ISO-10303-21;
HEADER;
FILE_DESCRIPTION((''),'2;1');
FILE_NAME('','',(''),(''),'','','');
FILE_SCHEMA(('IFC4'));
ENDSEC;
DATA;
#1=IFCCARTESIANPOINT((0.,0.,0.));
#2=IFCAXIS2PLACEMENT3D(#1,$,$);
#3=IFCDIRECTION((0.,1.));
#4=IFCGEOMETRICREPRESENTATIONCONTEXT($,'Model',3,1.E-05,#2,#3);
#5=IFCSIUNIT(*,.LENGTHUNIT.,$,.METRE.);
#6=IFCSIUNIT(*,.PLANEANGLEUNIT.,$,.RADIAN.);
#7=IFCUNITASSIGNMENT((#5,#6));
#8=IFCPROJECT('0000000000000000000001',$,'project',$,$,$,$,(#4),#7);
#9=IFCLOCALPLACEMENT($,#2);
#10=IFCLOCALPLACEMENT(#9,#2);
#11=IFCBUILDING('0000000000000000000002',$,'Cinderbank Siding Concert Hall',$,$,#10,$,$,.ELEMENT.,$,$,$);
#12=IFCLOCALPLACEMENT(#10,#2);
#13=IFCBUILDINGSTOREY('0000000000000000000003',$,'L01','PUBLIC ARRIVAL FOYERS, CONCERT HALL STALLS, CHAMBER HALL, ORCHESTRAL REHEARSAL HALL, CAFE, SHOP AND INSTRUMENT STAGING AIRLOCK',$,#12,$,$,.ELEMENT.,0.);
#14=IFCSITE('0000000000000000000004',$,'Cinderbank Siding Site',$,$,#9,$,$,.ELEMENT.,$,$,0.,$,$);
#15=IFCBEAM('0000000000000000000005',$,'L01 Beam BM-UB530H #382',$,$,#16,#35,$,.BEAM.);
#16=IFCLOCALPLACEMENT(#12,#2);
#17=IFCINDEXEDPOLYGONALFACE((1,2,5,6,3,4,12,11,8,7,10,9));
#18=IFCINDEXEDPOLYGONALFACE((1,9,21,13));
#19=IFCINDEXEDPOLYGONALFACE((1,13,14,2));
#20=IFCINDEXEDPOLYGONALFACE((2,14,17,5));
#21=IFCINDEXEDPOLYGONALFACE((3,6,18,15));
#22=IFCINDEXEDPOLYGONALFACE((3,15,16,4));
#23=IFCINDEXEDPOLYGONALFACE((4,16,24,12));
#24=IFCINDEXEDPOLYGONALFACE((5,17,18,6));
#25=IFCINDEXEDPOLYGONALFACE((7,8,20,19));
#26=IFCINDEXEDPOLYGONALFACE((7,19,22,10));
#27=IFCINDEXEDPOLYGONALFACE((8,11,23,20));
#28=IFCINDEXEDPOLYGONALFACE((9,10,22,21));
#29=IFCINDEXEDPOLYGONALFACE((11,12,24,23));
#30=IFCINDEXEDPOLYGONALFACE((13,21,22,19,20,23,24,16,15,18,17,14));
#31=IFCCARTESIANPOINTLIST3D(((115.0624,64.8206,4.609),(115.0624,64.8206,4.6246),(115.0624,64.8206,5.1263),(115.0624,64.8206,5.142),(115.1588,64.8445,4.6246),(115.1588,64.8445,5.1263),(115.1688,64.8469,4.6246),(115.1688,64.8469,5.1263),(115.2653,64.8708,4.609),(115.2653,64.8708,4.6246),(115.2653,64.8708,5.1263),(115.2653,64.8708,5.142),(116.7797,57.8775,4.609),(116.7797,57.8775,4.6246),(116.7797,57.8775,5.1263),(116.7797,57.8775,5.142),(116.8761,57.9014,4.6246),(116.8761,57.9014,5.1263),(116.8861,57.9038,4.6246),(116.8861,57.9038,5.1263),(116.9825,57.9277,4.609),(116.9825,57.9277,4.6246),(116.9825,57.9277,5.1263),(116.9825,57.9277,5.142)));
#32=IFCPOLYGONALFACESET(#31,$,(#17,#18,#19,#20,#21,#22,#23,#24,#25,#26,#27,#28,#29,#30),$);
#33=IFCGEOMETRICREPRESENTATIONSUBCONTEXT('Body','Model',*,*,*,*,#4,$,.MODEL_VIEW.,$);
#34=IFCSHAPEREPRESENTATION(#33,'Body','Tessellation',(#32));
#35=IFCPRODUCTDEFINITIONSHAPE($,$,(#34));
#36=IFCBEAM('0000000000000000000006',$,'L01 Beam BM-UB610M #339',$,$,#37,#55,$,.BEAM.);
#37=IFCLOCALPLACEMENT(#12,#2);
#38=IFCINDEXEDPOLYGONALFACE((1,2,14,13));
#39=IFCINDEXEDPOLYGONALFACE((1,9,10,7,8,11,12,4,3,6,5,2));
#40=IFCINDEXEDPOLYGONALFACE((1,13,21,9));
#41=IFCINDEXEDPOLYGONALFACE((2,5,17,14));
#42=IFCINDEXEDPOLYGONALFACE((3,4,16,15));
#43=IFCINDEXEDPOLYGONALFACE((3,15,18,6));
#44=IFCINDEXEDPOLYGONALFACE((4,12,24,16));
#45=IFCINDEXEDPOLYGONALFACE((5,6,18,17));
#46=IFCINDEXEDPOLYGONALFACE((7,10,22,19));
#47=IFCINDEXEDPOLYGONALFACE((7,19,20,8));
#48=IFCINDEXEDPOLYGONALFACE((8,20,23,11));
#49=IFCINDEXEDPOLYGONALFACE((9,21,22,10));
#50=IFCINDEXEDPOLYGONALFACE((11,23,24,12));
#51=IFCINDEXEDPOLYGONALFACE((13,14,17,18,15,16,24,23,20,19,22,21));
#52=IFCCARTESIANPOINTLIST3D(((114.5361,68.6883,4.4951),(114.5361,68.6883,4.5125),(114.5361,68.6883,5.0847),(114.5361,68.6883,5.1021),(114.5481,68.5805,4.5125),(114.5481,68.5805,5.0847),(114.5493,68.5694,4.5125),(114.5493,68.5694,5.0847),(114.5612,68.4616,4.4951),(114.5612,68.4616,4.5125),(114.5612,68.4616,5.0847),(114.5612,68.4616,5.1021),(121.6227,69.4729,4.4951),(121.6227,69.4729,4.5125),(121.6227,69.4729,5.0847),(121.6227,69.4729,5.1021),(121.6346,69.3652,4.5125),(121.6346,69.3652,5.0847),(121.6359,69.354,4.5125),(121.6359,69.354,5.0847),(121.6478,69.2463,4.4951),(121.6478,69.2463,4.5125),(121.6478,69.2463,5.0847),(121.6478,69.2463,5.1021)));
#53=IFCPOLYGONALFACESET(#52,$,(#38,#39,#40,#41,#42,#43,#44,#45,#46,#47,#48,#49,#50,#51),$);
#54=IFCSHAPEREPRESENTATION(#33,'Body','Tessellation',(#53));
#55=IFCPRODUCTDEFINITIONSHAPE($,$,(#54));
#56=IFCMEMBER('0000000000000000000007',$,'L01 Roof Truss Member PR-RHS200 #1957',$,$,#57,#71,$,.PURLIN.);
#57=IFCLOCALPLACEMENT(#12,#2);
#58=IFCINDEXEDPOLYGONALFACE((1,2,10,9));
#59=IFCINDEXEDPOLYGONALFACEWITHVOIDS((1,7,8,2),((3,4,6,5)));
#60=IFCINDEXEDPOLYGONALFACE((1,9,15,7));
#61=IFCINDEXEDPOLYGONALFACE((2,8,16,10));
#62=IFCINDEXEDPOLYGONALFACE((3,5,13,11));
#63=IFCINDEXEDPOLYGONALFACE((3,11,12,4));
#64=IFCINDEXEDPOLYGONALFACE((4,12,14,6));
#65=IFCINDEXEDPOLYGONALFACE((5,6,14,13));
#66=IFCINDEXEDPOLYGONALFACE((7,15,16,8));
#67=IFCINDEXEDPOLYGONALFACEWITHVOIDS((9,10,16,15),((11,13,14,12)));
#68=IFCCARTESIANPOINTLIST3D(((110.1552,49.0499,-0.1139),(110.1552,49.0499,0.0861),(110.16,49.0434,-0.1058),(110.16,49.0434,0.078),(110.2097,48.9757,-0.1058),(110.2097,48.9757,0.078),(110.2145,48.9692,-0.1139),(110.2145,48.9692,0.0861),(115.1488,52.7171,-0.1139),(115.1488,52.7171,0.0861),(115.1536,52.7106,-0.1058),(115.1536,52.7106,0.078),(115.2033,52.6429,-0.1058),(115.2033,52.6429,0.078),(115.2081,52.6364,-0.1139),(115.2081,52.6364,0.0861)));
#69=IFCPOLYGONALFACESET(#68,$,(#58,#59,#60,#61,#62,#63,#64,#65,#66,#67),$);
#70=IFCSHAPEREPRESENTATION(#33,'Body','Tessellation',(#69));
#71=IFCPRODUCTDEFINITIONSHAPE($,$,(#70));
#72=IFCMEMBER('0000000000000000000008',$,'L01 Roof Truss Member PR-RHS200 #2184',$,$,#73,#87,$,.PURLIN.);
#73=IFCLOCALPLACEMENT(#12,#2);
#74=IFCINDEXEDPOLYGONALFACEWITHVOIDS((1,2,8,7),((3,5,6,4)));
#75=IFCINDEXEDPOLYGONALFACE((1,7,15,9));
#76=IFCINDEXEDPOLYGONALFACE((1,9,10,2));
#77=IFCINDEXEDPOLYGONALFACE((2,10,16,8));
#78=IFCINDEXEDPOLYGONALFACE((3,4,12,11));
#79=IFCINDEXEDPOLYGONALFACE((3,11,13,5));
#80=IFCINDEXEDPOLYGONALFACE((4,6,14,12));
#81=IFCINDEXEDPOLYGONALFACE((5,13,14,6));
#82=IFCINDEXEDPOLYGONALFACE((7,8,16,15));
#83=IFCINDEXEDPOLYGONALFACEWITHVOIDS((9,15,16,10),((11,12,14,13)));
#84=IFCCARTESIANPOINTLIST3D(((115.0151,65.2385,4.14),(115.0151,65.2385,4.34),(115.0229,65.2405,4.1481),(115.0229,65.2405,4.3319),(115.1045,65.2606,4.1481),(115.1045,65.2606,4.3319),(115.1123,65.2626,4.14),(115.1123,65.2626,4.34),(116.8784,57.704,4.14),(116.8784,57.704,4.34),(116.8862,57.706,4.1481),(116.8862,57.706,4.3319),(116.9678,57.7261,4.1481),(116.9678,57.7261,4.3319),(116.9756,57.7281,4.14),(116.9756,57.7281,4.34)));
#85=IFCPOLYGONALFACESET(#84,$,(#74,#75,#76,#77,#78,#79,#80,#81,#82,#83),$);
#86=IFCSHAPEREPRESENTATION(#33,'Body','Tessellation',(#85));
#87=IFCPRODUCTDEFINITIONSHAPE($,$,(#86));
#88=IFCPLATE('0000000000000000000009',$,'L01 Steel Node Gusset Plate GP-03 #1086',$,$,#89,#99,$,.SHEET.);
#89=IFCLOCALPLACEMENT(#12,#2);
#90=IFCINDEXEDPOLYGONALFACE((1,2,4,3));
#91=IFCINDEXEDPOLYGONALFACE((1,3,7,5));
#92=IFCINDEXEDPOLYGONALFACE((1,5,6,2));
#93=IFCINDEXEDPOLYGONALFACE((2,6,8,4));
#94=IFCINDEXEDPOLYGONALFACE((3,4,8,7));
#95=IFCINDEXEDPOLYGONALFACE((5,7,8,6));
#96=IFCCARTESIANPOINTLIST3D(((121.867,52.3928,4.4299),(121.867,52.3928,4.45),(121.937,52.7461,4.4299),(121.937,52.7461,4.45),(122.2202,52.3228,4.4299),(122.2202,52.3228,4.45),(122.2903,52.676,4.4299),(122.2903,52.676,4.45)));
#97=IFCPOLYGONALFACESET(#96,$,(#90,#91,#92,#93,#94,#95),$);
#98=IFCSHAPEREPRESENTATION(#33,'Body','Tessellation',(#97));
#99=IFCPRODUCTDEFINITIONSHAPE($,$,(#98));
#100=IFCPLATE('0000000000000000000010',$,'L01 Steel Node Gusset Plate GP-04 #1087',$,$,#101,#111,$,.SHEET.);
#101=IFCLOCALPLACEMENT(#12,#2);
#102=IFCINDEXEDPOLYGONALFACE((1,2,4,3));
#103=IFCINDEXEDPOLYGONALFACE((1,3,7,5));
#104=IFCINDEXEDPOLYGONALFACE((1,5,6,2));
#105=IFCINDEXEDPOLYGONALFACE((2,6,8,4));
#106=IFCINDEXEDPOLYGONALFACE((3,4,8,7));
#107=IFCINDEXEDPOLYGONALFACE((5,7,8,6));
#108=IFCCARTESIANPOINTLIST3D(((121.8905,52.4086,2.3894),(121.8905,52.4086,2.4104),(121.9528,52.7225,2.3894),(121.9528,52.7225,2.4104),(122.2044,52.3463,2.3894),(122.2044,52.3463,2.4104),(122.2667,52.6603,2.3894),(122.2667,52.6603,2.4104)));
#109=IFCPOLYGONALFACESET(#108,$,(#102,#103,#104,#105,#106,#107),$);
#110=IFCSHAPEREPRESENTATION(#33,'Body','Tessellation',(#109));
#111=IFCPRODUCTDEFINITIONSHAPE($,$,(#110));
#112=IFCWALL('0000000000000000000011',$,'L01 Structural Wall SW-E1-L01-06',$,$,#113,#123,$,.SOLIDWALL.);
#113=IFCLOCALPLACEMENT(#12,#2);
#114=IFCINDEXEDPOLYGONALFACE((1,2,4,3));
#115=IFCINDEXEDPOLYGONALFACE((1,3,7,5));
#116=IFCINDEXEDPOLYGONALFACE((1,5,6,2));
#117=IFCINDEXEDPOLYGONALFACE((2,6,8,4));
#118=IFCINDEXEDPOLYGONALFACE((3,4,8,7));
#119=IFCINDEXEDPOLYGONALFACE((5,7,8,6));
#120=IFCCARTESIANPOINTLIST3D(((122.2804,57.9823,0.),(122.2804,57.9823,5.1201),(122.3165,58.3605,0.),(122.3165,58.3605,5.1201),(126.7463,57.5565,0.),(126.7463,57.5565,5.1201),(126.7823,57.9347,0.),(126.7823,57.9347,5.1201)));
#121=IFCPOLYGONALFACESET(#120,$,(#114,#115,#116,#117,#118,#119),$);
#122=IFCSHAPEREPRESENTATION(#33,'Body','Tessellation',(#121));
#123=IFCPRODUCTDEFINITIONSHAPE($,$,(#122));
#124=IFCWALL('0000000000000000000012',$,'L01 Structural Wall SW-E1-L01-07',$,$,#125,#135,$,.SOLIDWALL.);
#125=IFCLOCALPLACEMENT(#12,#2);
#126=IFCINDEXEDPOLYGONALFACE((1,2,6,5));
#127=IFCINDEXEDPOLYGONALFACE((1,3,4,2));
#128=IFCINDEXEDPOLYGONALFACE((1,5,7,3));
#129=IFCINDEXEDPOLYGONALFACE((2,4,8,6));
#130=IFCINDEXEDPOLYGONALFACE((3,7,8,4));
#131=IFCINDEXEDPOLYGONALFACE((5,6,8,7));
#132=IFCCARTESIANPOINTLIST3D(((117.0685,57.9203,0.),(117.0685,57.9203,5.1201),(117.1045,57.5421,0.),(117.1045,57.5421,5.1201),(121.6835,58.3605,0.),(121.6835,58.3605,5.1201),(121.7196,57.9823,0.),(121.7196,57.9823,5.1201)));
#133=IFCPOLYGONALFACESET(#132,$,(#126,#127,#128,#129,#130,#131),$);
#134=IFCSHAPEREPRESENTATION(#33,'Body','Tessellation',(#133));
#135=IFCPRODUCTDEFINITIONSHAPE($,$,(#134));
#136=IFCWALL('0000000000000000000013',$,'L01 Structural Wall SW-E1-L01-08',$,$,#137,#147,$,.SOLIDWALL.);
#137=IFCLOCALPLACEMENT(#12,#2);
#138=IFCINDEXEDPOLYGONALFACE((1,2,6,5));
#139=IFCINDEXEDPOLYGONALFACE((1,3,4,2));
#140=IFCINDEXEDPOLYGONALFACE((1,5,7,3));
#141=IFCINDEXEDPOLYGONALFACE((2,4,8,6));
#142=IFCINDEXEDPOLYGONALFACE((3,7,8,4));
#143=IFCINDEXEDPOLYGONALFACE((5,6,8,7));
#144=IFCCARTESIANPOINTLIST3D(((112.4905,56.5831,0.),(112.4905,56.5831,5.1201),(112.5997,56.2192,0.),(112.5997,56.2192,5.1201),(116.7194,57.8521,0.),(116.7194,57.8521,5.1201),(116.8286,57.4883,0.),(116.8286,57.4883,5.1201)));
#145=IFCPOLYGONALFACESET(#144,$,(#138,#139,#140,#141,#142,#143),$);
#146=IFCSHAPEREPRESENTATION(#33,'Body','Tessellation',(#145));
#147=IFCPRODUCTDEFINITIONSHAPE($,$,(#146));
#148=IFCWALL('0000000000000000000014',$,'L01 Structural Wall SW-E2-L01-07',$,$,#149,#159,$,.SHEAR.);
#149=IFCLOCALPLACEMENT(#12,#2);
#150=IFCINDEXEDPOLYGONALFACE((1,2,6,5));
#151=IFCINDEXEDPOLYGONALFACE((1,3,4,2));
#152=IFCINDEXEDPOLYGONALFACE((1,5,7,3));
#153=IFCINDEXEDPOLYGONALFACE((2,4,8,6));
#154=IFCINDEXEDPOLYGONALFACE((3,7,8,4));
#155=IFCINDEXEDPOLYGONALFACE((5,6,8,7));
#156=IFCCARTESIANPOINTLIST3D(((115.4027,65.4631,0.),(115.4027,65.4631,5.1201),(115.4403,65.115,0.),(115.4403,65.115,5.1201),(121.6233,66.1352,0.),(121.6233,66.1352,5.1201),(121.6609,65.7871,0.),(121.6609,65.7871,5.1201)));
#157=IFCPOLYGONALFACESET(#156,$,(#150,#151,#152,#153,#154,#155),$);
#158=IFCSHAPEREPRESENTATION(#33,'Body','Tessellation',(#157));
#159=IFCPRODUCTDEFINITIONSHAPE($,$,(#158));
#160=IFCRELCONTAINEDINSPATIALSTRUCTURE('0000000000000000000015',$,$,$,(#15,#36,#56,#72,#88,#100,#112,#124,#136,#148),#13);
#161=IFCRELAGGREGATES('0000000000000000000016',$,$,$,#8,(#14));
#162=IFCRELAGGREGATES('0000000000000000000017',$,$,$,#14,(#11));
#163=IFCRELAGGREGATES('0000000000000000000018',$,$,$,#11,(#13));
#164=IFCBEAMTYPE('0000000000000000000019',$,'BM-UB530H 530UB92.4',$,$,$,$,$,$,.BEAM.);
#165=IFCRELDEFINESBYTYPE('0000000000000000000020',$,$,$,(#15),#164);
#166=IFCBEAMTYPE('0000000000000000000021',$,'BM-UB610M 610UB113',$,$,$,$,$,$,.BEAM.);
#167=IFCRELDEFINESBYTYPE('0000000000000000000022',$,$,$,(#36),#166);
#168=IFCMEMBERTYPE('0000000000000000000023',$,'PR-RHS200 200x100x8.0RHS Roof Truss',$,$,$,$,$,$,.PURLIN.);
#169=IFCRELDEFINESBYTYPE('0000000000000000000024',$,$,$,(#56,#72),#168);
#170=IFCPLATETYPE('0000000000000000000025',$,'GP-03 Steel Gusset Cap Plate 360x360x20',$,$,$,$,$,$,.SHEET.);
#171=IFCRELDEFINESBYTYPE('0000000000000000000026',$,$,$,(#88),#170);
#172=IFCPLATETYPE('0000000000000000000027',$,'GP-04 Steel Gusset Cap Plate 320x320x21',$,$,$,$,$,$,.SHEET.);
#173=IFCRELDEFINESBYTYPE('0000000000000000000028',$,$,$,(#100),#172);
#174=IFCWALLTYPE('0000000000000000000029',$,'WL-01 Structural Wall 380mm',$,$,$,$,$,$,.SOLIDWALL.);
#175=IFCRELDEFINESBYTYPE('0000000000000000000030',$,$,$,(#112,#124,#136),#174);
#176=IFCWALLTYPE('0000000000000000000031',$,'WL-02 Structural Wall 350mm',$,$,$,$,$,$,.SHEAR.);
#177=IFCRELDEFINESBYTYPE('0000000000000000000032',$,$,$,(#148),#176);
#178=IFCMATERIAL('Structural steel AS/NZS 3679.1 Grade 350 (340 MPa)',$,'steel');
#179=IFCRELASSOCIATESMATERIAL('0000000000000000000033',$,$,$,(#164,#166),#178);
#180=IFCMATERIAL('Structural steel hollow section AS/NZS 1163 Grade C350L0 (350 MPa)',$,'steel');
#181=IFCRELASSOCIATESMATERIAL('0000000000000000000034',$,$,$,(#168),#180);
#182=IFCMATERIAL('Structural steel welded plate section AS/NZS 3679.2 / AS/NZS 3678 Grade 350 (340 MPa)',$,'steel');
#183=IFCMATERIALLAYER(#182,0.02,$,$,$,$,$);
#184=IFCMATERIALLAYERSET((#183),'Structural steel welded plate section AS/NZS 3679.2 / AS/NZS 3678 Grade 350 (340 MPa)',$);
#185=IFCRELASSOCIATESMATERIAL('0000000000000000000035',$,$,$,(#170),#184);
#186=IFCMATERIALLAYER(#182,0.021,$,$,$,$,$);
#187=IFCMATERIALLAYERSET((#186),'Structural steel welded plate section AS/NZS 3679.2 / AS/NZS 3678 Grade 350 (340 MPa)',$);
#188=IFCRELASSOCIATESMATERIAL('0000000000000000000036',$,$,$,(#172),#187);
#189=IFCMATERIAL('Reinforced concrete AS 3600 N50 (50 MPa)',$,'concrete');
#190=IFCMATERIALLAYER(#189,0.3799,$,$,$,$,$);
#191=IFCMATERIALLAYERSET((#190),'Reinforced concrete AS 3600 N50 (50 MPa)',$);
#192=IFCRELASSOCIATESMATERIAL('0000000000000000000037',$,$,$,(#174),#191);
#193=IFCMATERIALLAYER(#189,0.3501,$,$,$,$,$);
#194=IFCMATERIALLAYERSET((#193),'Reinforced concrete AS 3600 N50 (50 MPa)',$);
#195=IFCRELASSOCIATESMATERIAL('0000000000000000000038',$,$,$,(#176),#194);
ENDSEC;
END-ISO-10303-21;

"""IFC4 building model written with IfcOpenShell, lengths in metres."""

from ifc_helpers import new_model, si_unit, direction, frame, frame_2d, origin, origin_2d, place, context, subcontext, project, spatial, rectangle, hollow_rectangle, i_section, extrude, material, layer, layer_set, material_profile, profile_set, type_object, element, save


model = new_model("IFC4")

# Units and contexts
model_context = context("Model", 3, precision=1e-05, world=origin(), true_north=direction((0.0, 1.0)))
body_context = subcontext(model_context, "Body", "Model", "MODEL_VIEW")
ifc_project = project(units=[si_unit("LENGTHUNIT", "METRE"), si_unit("PLANEANGLEUNIT", "RADIAN")], contexts=[model_context])

# Site, building, storey
site_placement = place(None, origin())
site = spatial("IfcSite", under=ifc_project, at=site_placement, Name="Cinderbank Siding Site", CompositionType="ELEMENT", RefElevation=0.0)
building_placement = place(site_placement, origin())
building = spatial("IfcBuilding", under=site, at=building_placement, Name="Cinderbank Siding Concert Hall", CompositionType="ELEMENT")
storey_placement = place(building_placement, origin())
storey = spatial("IfcBuildingStorey", under=building, at=storey_placement, Name="L01", Description="PUBLIC ARRIVAL FOYERS, CONCERT HALL STALLS, CHAMBER HALL, ORCHESTRAL REHEARSAL HALL, CAFE, SHOP AND INSTRUMENT STAGING AIRLOCK", CompositionType="ELEMENT", Elevation=0.0)

# Shared definitions
ifc_material_1 = material(Name="Reinforced concrete AS 3600 N50 (50 MPa)", Category="concrete")
ifc_material_2 = material(Name="Structural steel welded plate section AS/NZS 3679.2 / AS/NZS 3678 Grade 350 (340 MPa)", Category="steel")

# Beams
ifc_material_3 = material(Name="Structural steel AS/NZS 3679.1 Grade 350 (340 MPa)", Category="steel")
ifc_material_profile_1 = material_profile(ifc_material_3, i_section(OverallWidth=0.209, OverallDepth=0.533, WebThickness=0.0103, FlangeThickness=0.0156, at=origin_2d()), Name="530UB92.4", Category="LoadBearing")
ifc_profile_set_1 = profile_set([ifc_material_profile_1], Name="Structural steel AS/NZS 3679.1 Grade 350 (340 MPa)")
beam_type_1 = type_object("IfcBeamType", Name="BM-UB530H 530UB92.4", PredefinedType="BEAM", material=ifc_profile_set_1)
beam_1_placement = place(storey_placement, frame((116.8811, 57.9026, 4.8755), z_axis=(-0.240101, 0.970748, 0.0), x_axis=(-0.970748, -0.240101, 0.0)))
element("IfcBeam", 1, at=beam_1_placement, inside=storey, type_object=beam_type_1, Name="L01 Beam BM-UB530H #382", PredefinedType="BEAM", context=body_context, shape_type="SweptSolid", body=[
    extrude(i_section(OverallWidth=0.209, OverallDepth=0.533, WebThickness=0.0103, FlangeThickness=0.0156, at=origin_2d()), origin(), (0.0, 0.0, 1.0), 7.1523),
])
ifc_material_profile_2 = material_profile(ifc_material_3, i_section(OverallWidth=0.228, OverallDepth=0.6069, WebThickness=0.0112, FlangeThickness=0.0173, at=origin_2d()), Name="610UB113", Category="LoadBearing")
ifc_profile_set_2 = profile_set([ifc_material_profile_2], Name="Structural steel AS/NZS 3679.1 Grade 350 (340 MPa)")
beam_type_2 = type_object("IfcBeamType", Name="BM-UB610M 610UB113", PredefinedType="BEAM", material=ifc_profile_set_2)
beam_2_placement = place(storey_placement, frame((121.6353, 69.3596, 4.7986), z_axis=(-0.993926, -0.110052, 0.0), x_axis=(0.110052, -0.993926, 0.0)))
element("IfcBeam", 2, at=beam_2_placement, inside=storey, type_object=beam_type_2, Name="L01 Beam BM-UB610M #339", PredefinedType="BEAM", context=body_context, shape_type="SweptSolid", body=[
    extrude(i_section(OverallWidth=0.228, OverallDepth=0.6069, WebThickness=0.0112, FlangeThickness=0.0173, at=origin_2d()), origin(), (0.0, 0.0, 1.0), 7.1299),
])

# Members
ifc_material_4 = material(Name="Structural steel hollow section AS/NZS 1163 Grade C350L0 (350 MPa)", Category="steel")
ifc_material_profile_3 = material_profile(ifc_material_4, hollow_rectangle(XDim=0.1001, YDim=0.2, WallThickness=0.0081, at=origin_2d()), Name="200x100x8.0RHS", Category="LoadBearing")
ifc_profile_set_3 = profile_set([ifc_material_profile_3], Name="Structural steel hollow section AS/NZS 1163 Grade C350L0 (350 MPa)")
member_type = type_object("IfcMemberType", Name="PR-RHS200 200x100x8.0RHS Roof Truss", PredefinedType="PURLIN", material=ifc_profile_set_3)
member_1_placement = place(storey_placement, frame((115.1785, 52.6768, -0.0139), z_axis=(-0.806003, -0.591912, 0.0), x_axis=(0.591912, -0.806003, 0.0)))
element("IfcMember", 3, at=member_1_placement, inside=storey, type_object=member_type, Name="L01 Roof Truss Member PR-RHS200 #1957", PredefinedType="PURLIN", context=body_context, shape_type="SweptSolid", body=[
    extrude(hollow_rectangle(XDim=0.1001, YDim=0.2, WallThickness=0.0081, at=origin_2d()), origin(), (0.0, 0.0, 1.0), 6.1956),
])
member_2_placement = place(storey_placement, frame((116.927, 57.7161, 4.24), z_axis=(-0.24007, 0.970756, 0.0), x_axis=(-0.970756, -0.24007, 0.0)))
element("IfcMember", 4, at=member_2_placement, inside=storey, type_object=member_type, Name="L01 Roof Truss Member PR-RHS200 #2184", PredefinedType="PURLIN", context=body_context, shape_type="SweptSolid", body=[
    extrude(hollow_rectangle(XDim=0.1001, YDim=0.2, WallThickness=0.0081, at=origin_2d()), origin(), (0.0, 0.0, 1.0), 7.7615),
])

# Plates
ifc_layer_1 = layer(ifc_material_2, 0.02)
ifc_layer_set_1 = layer_set([ifc_layer_1], Name="Structural steel welded plate section AS/NZS 3679.2 / AS/NZS 3678 Grade 350 (340 MPa)")
plate_type_1 = type_object("IfcPlateType", Name="GP-03 Steel Gusset Cap Plate 360x360x20", PredefinedType="SHEET", material=ifc_layer_set_1)
plate_1_placement = place(storey_placement, frame((122.0786, 52.5344, 4.4299), z_axis=(0.0, 0.0, 1.0), x_axis=(-0.980887, 0.194577, 0.0)))
element("IfcPlate", 5, at=plate_1_placement, inside=storey, type_object=plate_type_1, Name="L01 Steel Node Gusset Plate GP-03 #1086", PredefinedType="SHEET", context=body_context, shape_type="SweptSolid", body=[
    extrude(rectangle(XDim=0.3601, YDim=0.3601, at=origin_2d()), origin(), (0.0, 0.0, 1.0), 0.02),
])
ifc_layer_2 = layer(ifc_material_2, 0.021)
ifc_layer_set_2 = layer_set([ifc_layer_2], Name="Structural steel welded plate section AS/NZS 3679.2 / AS/NZS 3678 Grade 350 (340 MPa)")
plate_type_2 = type_object("IfcPlateType", Name="GP-04 Steel Gusset Cap Plate 320x320x21", PredefinedType="SHEET", material=ifc_layer_set_2)
plate_2_placement = place(storey_placement, frame((122.0786, 52.5344, 2.3894), z_axis=(0.0, 0.0, 1.0), x_axis=(0.980887, -0.194577, 0.0)))
element("IfcPlate", 6, at=plate_2_placement, inside=storey, type_object=plate_type_2, Name="L01 Steel Node Gusset Plate GP-04 #1087", PredefinedType="SHEET", context=body_context, shape_type="SweptSolid", body=[
    extrude(rectangle(XDim=0.3201, YDim=0.3201, at=origin_2d()), origin(), (0.0, 0.0, 1.0), 0.021),
])

# Walls
ifc_layer_3 = layer(ifc_material_1, 0.3799)
ifc_layer_set_3 = layer_set([ifc_layer_3], Name="Reinforced concrete AS 3600 N50 (50 MPa)")
wall_type_1 = type_object("IfcWallType", Name="WL-01 Structural Wall 380mm", PredefinedType="SOLIDWALL", material=ifc_layer_set_3)
wall_1_placement = place(storey_placement, frame((126.7644, 57.7456, 0.0), z_axis=(0.0, 0.0, 1.0), x_axis=(-0.995486, 0.094912, 0.0)))
element("IfcWall", 7, at=wall_1_placement, inside=storey, type_object=wall_type_1, Name="L01 Structural Wall SW-E1-L01-06", PredefinedType="SOLIDWALL", context=body_context, shape_type="SweptSolid", body=[
    extrude(rectangle(XDim=4.4861, YDim=0.3799, at=frame_2d((2.2432, 0.0))), origin(), (0.0, 0.0, 1.0), 5.1201),
])
wall_2_placement = place(storey_placement, frame((121.7014, 58.1714, 0.0), z_axis=(0.0, 0.0, 1.0), x_axis=(-0.995482, -0.094951, 0.0)))
element("IfcWall", 8, at=wall_2_placement, inside=storey, type_object=wall_type_1, Name="L01 Structural Wall SW-E1-L01-07", PredefinedType="SOLIDWALL", context=body_context, shape_type="SweptSolid", body=[
    extrude(rectangle(XDim=4.636, YDim=0.3799, at=frame_2d((2.3179, 0.0))), origin(), (0.0, 0.0, 1.0), 5.1201),
])
wall_3_placement = place(storey_placement, frame((116.7739, 57.6702, 0.0), z_axis=(0.0, 0.0, 1.0), x_axis=(-0.957805, -0.287419, 0.0)))
element("IfcWall", 9, at=wall_3_placement, inside=storey, type_object=wall_type_1, Name="L01 Structural Wall SW-E1-L01-08", PredefinedType="SOLIDWALL", context=body_context, shape_type="SweptSolid", body=[
    extrude(rectangle(XDim=4.4153, YDim=0.3799, at=frame_2d((2.2075, 0.0))), origin(), (0.0, 0.0, 1.0), 5.1201),
])
ifc_layer_4 = layer(ifc_material_1, 0.3501)
ifc_layer_set_4 = layer_set([ifc_layer_4], Name="Reinforced concrete AS 3600 N50 (50 MPa)")
wall_type_2 = type_object("IfcWallType", Name="WL-02 Structural Wall 350mm", PredefinedType="SHEAR", material=ifc_layer_set_4)
wall_4_placement = place(storey_placement, frame((121.6421, 65.9612, 0.0), z_axis=(0.0, 0.0, 1.0), x_axis=(-0.994214, -0.10742, 0.0)))
element("IfcWall", 10, at=wall_4_placement, inside=storey, type_object=wall_type_2, Name="L01 Structural Wall SW-E2-L01-07", PredefinedType="SHEAR", context=body_context, shape_type="SweptSolid", body=[
    extrude(rectangle(XDim=6.2568, YDim=0.3501, at=frame_2d((3.1284, 0.0))), origin(), (0.0, 0.0, 1.0), 5.1201),
])

save(model, "model.ifc")
